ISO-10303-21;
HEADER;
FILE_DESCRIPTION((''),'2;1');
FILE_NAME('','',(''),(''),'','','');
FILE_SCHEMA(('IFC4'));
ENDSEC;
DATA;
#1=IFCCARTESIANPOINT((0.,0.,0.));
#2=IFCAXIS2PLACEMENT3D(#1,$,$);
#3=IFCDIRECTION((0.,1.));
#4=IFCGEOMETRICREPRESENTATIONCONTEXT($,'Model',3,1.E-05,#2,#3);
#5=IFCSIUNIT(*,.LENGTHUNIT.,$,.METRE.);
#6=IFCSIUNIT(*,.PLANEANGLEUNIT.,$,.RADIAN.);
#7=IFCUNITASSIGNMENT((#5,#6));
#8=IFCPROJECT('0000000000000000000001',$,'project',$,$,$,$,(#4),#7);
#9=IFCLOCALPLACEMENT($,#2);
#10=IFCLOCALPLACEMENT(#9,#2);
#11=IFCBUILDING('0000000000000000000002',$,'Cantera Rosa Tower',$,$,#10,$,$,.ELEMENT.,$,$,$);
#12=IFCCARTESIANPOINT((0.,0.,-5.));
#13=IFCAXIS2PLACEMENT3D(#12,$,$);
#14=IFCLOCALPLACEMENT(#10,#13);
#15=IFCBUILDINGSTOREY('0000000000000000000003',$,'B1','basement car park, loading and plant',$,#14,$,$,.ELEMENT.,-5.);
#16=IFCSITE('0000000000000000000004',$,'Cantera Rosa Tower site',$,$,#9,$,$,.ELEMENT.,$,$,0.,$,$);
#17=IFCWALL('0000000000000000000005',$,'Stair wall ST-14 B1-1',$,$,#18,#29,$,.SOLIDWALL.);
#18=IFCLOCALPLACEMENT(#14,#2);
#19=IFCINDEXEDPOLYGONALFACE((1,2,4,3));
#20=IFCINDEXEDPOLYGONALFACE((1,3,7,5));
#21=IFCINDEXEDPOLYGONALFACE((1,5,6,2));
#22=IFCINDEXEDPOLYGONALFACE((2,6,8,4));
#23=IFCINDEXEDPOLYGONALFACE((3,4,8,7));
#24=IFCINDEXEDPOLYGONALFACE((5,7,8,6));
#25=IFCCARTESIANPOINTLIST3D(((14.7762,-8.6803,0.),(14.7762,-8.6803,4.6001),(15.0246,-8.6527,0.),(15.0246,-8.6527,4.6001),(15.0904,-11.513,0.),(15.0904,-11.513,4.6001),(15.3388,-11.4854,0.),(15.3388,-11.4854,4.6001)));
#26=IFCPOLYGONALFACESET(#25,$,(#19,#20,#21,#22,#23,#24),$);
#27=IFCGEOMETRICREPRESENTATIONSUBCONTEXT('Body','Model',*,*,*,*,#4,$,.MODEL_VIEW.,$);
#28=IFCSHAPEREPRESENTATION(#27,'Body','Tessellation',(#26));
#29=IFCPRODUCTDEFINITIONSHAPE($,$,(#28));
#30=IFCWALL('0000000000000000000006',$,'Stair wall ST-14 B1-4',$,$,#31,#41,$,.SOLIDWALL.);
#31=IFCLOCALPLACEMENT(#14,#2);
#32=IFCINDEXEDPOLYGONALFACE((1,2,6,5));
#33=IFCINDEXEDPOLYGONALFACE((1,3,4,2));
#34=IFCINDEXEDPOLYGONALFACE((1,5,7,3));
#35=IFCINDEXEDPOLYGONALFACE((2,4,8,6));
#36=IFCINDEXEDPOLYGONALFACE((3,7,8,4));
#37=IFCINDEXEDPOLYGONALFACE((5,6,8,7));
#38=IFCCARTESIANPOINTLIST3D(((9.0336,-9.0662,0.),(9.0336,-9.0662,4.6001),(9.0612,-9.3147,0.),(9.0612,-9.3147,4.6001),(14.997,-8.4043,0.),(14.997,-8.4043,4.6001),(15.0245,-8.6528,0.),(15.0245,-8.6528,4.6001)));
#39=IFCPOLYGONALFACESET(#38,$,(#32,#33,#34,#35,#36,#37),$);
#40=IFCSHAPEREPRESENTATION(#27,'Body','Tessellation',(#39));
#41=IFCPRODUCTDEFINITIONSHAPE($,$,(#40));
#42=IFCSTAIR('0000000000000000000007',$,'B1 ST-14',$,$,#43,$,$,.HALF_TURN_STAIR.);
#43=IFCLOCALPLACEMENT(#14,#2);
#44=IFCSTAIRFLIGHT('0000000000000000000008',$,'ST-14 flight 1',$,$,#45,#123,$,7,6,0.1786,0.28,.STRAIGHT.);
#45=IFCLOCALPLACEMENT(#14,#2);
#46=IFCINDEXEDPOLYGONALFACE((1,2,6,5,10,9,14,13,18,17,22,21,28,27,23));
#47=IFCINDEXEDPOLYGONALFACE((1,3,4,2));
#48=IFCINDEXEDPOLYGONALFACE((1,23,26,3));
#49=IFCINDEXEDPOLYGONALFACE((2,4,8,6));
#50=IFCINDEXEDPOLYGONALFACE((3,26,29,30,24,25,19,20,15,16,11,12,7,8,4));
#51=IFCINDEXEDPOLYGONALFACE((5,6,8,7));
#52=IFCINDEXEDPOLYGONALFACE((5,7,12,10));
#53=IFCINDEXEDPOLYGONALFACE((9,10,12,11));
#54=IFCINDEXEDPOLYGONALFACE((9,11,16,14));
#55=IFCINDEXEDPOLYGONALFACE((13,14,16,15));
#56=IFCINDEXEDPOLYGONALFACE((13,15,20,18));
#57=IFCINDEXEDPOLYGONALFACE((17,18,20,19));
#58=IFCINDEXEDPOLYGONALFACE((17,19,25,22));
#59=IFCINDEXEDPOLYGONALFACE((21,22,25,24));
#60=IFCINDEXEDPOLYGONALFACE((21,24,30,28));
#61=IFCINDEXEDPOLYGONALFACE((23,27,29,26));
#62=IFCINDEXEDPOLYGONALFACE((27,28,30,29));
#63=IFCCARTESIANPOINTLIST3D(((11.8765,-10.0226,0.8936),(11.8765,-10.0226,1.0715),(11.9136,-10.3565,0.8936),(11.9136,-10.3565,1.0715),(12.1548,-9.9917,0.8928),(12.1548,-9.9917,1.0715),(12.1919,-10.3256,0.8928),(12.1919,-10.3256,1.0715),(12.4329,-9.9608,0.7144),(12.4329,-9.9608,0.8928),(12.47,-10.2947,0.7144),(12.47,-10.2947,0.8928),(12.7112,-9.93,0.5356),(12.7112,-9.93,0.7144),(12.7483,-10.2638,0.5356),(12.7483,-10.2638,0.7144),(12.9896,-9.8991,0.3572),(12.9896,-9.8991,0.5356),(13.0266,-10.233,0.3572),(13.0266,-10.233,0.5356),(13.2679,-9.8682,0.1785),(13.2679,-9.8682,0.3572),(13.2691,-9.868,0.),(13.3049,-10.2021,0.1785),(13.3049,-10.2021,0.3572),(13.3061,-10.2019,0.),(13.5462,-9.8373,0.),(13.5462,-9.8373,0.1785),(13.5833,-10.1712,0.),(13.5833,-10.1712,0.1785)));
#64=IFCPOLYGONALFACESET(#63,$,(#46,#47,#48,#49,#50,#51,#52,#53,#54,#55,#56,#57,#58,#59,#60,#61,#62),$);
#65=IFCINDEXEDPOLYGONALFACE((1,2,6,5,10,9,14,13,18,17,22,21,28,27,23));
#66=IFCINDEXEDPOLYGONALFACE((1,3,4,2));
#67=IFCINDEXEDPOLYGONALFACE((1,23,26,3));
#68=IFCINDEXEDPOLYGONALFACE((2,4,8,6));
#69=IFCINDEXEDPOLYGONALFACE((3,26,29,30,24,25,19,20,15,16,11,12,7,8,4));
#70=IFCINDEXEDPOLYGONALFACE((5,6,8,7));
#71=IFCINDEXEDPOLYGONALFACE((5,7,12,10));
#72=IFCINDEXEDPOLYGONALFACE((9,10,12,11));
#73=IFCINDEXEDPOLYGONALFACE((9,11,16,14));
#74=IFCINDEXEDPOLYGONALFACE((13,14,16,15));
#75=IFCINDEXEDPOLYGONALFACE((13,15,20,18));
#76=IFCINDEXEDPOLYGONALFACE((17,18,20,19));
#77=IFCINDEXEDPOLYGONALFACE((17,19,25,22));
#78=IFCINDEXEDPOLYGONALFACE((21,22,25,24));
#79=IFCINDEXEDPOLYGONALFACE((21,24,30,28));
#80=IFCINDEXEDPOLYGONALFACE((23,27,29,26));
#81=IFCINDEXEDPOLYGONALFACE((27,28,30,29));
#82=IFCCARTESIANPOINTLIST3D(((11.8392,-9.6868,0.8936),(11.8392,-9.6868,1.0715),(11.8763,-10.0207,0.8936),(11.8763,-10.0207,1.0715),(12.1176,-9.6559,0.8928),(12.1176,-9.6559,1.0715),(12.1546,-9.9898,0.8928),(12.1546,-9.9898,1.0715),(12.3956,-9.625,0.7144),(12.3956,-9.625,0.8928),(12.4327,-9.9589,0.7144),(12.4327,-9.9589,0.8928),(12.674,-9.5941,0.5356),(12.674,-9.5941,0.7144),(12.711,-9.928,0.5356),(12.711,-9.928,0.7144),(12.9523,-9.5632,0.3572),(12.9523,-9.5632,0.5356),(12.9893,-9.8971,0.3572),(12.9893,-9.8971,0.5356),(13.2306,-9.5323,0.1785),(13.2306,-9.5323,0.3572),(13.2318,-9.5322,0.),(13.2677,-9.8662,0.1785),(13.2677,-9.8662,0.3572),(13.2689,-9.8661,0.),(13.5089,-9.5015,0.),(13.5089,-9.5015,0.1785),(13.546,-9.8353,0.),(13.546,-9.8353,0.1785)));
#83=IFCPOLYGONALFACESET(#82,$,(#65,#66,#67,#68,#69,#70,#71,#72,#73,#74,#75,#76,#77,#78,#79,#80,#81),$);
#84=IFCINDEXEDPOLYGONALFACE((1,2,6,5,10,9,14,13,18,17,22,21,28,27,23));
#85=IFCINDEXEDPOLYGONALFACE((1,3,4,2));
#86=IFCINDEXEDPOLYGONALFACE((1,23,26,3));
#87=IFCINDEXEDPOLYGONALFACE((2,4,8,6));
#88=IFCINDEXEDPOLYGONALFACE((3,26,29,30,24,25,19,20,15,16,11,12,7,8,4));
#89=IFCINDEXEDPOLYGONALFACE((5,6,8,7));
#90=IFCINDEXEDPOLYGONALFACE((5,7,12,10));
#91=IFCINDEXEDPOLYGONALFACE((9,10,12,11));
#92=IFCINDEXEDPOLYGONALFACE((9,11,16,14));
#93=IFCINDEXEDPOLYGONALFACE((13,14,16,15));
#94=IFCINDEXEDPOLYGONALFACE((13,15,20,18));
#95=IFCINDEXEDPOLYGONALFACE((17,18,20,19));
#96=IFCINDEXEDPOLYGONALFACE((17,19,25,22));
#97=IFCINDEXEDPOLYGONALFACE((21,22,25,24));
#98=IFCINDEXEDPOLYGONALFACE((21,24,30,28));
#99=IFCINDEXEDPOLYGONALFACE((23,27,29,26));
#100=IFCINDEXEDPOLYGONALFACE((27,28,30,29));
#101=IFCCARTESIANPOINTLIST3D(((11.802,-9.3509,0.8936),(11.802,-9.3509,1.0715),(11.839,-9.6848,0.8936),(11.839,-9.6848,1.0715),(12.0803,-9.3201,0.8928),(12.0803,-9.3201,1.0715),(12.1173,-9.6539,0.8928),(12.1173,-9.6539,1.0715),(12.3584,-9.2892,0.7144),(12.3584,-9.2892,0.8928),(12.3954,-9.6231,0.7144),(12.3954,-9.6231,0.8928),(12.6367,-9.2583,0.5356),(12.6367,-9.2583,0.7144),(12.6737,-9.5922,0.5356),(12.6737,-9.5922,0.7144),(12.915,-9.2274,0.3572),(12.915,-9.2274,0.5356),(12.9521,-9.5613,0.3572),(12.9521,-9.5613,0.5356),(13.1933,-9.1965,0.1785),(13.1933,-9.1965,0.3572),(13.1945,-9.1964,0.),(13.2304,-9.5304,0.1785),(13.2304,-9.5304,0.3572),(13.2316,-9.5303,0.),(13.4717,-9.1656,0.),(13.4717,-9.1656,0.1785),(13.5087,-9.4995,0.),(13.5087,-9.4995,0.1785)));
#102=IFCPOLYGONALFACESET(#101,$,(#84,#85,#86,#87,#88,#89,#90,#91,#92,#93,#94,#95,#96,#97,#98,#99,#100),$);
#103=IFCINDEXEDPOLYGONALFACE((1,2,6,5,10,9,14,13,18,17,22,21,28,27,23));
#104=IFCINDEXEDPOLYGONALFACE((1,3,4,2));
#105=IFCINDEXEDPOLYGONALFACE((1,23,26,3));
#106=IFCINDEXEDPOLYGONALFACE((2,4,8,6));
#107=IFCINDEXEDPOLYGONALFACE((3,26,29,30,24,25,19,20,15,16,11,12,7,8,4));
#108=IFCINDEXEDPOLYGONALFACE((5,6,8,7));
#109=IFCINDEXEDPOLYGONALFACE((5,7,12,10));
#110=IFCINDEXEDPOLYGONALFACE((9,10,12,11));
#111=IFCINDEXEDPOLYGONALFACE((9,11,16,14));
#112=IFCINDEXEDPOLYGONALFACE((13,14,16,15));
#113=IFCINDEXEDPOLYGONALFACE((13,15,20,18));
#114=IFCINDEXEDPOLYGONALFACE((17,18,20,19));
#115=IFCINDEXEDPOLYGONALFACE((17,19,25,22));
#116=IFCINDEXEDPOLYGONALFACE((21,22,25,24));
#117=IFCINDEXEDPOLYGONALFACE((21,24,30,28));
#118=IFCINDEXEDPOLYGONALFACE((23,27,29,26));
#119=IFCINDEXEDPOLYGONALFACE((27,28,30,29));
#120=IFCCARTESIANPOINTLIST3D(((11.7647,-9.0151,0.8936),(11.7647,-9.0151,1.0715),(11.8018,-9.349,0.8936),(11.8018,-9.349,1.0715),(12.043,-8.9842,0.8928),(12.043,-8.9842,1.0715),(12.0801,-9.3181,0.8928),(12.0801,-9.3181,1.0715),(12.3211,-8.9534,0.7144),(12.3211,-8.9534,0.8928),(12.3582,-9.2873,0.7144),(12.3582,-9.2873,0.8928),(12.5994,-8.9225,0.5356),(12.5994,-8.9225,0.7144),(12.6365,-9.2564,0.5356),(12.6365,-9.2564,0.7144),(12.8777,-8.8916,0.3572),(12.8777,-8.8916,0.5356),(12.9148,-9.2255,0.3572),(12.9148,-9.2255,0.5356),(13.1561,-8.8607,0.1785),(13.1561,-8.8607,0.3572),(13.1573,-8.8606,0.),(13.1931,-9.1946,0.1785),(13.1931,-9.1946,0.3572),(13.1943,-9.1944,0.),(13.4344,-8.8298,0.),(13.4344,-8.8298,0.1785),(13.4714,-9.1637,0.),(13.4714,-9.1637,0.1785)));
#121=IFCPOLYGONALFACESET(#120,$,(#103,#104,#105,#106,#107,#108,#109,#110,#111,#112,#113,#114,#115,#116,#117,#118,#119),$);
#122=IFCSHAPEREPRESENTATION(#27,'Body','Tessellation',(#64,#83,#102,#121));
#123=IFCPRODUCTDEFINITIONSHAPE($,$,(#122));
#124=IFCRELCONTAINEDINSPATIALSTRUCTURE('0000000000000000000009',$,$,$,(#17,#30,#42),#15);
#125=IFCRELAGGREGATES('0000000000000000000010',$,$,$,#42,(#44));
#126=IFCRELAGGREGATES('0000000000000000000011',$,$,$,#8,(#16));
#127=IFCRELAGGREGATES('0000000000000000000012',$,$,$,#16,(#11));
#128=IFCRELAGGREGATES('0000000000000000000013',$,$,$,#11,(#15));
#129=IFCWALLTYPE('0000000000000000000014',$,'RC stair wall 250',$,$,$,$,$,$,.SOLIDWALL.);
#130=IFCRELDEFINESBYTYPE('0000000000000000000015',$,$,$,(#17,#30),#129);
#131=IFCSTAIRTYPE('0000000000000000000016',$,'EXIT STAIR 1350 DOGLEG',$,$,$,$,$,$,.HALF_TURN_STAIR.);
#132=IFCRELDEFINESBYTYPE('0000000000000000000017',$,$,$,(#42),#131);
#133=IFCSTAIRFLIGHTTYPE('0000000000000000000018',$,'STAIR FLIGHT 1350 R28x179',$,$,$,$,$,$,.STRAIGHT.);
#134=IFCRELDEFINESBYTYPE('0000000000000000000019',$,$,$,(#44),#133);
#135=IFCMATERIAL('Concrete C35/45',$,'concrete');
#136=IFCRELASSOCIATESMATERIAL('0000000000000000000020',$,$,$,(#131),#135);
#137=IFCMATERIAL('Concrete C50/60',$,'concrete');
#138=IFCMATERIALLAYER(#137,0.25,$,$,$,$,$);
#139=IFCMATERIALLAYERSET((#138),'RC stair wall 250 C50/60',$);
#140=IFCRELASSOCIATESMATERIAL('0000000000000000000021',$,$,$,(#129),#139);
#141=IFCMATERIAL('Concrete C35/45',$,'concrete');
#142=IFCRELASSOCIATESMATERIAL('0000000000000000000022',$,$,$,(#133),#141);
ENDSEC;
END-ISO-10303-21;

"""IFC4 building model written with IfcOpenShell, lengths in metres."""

from ifc_helpers import new_model, si_unit, direction, frame, frame_2d, origin, place, context, subcontext, project, spatial, polyline, rectangle, outline, extrude, material, layer, layer_set, type_object, element, aggregate, save


model = new_model("IFC4")

# Units and contexts
model_context = context("Model", 3, precision=1e-05, world=origin(), true_north=direction((0.0, 1.0)))
body_context = subcontext(model_context, "Body", "Model", "MODEL_VIEW")
ifc_project = project(units=[si_unit("LENGTHUNIT", "METRE"), si_unit("PLANEANGLEUNIT", "RADIAN")], contexts=[model_context])

# Site, building, storey
site_placement = place(None, origin())
site = spatial("IfcSite", under=ifc_project, at=site_placement, Name="Cantera Rosa Tower site", CompositionType="ELEMENT", RefElevation=0.0)
building_placement = place(site_placement, origin())
building = spatial("IfcBuilding", under=site, at=building_placement, Name="Cantera Rosa Tower", CompositionType="ELEMENT")
storey_placement = place(building_placement, frame((0.0, 0.0, -5.0)))
storey = spatial("IfcBuildingStorey", under=building, at=storey_placement, Name="B1", Description="basement car park, loading and plant", CompositionType="ELEMENT", Elevation=-5.0)

# Shared definitions
ifc_material_1 = material(Name="Concrete C35/45", Category="concrete")
stair_type = type_object("IfcStairType", Name="EXIT STAIR 1350 DOGLEG", PredefinedType="HALF_TURN_STAIR", material=ifc_material_1)

# Walls
ifc_material_2 = material(Name="Concrete C50/60", Category="concrete")
ifc_layer_1 = layer(ifc_material_2, 0.25)
ifc_layer_set_1 = layer_set([ifc_layer_1], Name="RC stair wall 250 C50/60")
wall_type_1 = type_object("IfcWallType", Name="RC stair wall 250", PredefinedType="SOLIDWALL", material=ifc_layer_set_1)
wall_1_placement = place(storey_placement, frame((14.9004, -8.6665, 0.0), z_axis=(0.0, 0.0, 1.0), x_axis=(0.110243, -0.993905, 0.0)))
element("IfcWall", 1, at=wall_1_placement, inside=storey, type_object=wall_type_1, Name="Stair wall ST-14 B1-1", PredefinedType="SOLIDWALL", context=body_context, shape_type="SweptSolid", body=[
    extrude(rectangle(XDim=2.8501, YDim=0.25, at=frame_2d((1.425, 0.0))), origin(), (0.0, 0.0, 1.0), 4.6001),
])
wall_2_placement = place(storey_placement, frame((9.0474, -9.1904, 0.0), z_axis=(0.0, 0.0, 1.0), x_axis=(0.993897, 0.110311, 0.0)))
element("IfcWall", 2, at=wall_2_placement, inside=storey, type_object=wall_type_1, Name="Stair wall ST-14 B1-4", PredefinedType="SOLIDWALL", context=body_context, shape_type="SweptSolid", body=[
    extrude(rectangle(XDim=6.0, YDim=0.25, at=frame_2d((3.0, 0.0))), origin(), (0.0, 0.0, 1.0), 4.6001),
])

# Stair, stair flight
stair_1_placement = place(storey_placement, origin())
stair_1 = element("IfcStair", 3, at=stair_1_placement, inside=storey, type_object=stair_type, Name="B1 ST-14", PredefinedType="HALF_TURN_STAIR")
ifc_material_3 = material(Name="Concrete C35/45", Category="concrete")
stair_flight_type = type_object("IfcStairFlightType", Name="STAIR FLIGHT 1350 R28x179", PredefinedType="STRAIGHT", material=ifc_material_3)
stair_flight_1_placement = place(storey_placement, frame((13.5088, -9.5002, 0.0), z_axis=(0.0, 0.0, 1.0), x_axis=(-0.993897, -0.110313, 0.0)))
stair_flight_1 = element("IfcStairFlight", 4, at=stair_flight_1_placement, type_object=stair_flight_type, Name="ST-14 flight 1", NumberOfRisers=7, NumberOfTreads=6, PredefinedType="STRAIGHT", RiserHeight=0.1786, TreadLength=0.28, context=body_context, shape_type="SweptSolid", body=[
    extrude(outline(polyline([(0.0, 0.0), (0.0, 0.1785), (0.28, 0.1785), (0.28, 0.3572), (0.5601, 0.3572), (0.5601, 0.5356), (0.8401, 0.5356), (0.8401, 0.7144), (1.1201, 0.7144), (1.1201, 0.8928), (1.3999, 0.8928), (1.3999, 1.0715), (1.6799, 1.0715), (1.6799, 1.25), (1.6799, 0.8936), (0.2788, 0.0), (0.0, 0.0)])), frame((0.0, 0.675, 0.0), z_axis=(0.0, -1.0, 0.0), x_axis=(1.0, 0.0, 0.0)), (0.0, 0.0, 1.0), 0.3359),
    extrude(outline(polyline([(0.0, 0.0), (0.0, 0.1785), (0.28, 0.1785), (0.28, 0.3572), (0.5601, 0.3572), (0.5601, 0.5356), (0.8401, 0.5356), (0.8401, 0.7144), (1.1201, 0.7144), (1.1201, 0.8928), (1.3999, 0.8928), (1.3999, 1.0715), (1.6799, 1.0715), (1.6799, 1.25), (1.6799, 0.8936), (0.2788, 0.0), (0.0, 0.0)])), frame((0.0, 0.3372, 0.0), z_axis=(0.0, -1.0, 0.0), x_axis=(1.0, 0.0, 0.0)), (0.0, 0.0, 1.0), 0.3359),
    extrude(outline(polyline([(0.0, 0.0), (0.0, 0.1785), (0.28, 0.1785), (0.28, 0.3572), (0.5601, 0.3572), (0.5601, 0.5356), (0.8401, 0.5356), (0.8401, 0.7144), (1.1201, 0.7144), (1.1201, 0.8928), (1.3999, 0.8928), (1.3999, 1.0715), (1.6799, 1.0715), (1.6799, 1.25), (1.6799, 0.8936), (0.2788, 0.0), (0.0, 0.0)])), frame((0.0, -0.0007, 0.0), z_axis=(0.0, -1.0, 0.0), x_axis=(1.0, 0.0, 0.0)), (0.0, 0.0, 1.0), 0.3359),
    extrude(outline(polyline([(0.0, 0.0), (0.0, 0.1785), (0.28, 0.1785), (0.28, 0.3572), (0.5601, 0.3572), (0.5601, 0.5356), (0.8401, 0.5356), (0.8401, 0.7144), (1.1201, 0.7144), (1.1201, 0.8928), (1.3999, 0.8928), (1.3999, 1.0715), (1.6799, 1.0715), (1.6799, 1.25), (1.6799, 0.8936), (0.2788, 0.0), (0.0, 0.0)])), frame((0.0, -0.3386, 0.0), z_axis=(0.0, -1.0, 0.0), x_axis=(1.0, 0.0, 0.0)), (0.0, 0.0, 1.0), 0.3359),
])
aggregate(stair_1, [stair_flight_1])

save(model, "model.ifc")
